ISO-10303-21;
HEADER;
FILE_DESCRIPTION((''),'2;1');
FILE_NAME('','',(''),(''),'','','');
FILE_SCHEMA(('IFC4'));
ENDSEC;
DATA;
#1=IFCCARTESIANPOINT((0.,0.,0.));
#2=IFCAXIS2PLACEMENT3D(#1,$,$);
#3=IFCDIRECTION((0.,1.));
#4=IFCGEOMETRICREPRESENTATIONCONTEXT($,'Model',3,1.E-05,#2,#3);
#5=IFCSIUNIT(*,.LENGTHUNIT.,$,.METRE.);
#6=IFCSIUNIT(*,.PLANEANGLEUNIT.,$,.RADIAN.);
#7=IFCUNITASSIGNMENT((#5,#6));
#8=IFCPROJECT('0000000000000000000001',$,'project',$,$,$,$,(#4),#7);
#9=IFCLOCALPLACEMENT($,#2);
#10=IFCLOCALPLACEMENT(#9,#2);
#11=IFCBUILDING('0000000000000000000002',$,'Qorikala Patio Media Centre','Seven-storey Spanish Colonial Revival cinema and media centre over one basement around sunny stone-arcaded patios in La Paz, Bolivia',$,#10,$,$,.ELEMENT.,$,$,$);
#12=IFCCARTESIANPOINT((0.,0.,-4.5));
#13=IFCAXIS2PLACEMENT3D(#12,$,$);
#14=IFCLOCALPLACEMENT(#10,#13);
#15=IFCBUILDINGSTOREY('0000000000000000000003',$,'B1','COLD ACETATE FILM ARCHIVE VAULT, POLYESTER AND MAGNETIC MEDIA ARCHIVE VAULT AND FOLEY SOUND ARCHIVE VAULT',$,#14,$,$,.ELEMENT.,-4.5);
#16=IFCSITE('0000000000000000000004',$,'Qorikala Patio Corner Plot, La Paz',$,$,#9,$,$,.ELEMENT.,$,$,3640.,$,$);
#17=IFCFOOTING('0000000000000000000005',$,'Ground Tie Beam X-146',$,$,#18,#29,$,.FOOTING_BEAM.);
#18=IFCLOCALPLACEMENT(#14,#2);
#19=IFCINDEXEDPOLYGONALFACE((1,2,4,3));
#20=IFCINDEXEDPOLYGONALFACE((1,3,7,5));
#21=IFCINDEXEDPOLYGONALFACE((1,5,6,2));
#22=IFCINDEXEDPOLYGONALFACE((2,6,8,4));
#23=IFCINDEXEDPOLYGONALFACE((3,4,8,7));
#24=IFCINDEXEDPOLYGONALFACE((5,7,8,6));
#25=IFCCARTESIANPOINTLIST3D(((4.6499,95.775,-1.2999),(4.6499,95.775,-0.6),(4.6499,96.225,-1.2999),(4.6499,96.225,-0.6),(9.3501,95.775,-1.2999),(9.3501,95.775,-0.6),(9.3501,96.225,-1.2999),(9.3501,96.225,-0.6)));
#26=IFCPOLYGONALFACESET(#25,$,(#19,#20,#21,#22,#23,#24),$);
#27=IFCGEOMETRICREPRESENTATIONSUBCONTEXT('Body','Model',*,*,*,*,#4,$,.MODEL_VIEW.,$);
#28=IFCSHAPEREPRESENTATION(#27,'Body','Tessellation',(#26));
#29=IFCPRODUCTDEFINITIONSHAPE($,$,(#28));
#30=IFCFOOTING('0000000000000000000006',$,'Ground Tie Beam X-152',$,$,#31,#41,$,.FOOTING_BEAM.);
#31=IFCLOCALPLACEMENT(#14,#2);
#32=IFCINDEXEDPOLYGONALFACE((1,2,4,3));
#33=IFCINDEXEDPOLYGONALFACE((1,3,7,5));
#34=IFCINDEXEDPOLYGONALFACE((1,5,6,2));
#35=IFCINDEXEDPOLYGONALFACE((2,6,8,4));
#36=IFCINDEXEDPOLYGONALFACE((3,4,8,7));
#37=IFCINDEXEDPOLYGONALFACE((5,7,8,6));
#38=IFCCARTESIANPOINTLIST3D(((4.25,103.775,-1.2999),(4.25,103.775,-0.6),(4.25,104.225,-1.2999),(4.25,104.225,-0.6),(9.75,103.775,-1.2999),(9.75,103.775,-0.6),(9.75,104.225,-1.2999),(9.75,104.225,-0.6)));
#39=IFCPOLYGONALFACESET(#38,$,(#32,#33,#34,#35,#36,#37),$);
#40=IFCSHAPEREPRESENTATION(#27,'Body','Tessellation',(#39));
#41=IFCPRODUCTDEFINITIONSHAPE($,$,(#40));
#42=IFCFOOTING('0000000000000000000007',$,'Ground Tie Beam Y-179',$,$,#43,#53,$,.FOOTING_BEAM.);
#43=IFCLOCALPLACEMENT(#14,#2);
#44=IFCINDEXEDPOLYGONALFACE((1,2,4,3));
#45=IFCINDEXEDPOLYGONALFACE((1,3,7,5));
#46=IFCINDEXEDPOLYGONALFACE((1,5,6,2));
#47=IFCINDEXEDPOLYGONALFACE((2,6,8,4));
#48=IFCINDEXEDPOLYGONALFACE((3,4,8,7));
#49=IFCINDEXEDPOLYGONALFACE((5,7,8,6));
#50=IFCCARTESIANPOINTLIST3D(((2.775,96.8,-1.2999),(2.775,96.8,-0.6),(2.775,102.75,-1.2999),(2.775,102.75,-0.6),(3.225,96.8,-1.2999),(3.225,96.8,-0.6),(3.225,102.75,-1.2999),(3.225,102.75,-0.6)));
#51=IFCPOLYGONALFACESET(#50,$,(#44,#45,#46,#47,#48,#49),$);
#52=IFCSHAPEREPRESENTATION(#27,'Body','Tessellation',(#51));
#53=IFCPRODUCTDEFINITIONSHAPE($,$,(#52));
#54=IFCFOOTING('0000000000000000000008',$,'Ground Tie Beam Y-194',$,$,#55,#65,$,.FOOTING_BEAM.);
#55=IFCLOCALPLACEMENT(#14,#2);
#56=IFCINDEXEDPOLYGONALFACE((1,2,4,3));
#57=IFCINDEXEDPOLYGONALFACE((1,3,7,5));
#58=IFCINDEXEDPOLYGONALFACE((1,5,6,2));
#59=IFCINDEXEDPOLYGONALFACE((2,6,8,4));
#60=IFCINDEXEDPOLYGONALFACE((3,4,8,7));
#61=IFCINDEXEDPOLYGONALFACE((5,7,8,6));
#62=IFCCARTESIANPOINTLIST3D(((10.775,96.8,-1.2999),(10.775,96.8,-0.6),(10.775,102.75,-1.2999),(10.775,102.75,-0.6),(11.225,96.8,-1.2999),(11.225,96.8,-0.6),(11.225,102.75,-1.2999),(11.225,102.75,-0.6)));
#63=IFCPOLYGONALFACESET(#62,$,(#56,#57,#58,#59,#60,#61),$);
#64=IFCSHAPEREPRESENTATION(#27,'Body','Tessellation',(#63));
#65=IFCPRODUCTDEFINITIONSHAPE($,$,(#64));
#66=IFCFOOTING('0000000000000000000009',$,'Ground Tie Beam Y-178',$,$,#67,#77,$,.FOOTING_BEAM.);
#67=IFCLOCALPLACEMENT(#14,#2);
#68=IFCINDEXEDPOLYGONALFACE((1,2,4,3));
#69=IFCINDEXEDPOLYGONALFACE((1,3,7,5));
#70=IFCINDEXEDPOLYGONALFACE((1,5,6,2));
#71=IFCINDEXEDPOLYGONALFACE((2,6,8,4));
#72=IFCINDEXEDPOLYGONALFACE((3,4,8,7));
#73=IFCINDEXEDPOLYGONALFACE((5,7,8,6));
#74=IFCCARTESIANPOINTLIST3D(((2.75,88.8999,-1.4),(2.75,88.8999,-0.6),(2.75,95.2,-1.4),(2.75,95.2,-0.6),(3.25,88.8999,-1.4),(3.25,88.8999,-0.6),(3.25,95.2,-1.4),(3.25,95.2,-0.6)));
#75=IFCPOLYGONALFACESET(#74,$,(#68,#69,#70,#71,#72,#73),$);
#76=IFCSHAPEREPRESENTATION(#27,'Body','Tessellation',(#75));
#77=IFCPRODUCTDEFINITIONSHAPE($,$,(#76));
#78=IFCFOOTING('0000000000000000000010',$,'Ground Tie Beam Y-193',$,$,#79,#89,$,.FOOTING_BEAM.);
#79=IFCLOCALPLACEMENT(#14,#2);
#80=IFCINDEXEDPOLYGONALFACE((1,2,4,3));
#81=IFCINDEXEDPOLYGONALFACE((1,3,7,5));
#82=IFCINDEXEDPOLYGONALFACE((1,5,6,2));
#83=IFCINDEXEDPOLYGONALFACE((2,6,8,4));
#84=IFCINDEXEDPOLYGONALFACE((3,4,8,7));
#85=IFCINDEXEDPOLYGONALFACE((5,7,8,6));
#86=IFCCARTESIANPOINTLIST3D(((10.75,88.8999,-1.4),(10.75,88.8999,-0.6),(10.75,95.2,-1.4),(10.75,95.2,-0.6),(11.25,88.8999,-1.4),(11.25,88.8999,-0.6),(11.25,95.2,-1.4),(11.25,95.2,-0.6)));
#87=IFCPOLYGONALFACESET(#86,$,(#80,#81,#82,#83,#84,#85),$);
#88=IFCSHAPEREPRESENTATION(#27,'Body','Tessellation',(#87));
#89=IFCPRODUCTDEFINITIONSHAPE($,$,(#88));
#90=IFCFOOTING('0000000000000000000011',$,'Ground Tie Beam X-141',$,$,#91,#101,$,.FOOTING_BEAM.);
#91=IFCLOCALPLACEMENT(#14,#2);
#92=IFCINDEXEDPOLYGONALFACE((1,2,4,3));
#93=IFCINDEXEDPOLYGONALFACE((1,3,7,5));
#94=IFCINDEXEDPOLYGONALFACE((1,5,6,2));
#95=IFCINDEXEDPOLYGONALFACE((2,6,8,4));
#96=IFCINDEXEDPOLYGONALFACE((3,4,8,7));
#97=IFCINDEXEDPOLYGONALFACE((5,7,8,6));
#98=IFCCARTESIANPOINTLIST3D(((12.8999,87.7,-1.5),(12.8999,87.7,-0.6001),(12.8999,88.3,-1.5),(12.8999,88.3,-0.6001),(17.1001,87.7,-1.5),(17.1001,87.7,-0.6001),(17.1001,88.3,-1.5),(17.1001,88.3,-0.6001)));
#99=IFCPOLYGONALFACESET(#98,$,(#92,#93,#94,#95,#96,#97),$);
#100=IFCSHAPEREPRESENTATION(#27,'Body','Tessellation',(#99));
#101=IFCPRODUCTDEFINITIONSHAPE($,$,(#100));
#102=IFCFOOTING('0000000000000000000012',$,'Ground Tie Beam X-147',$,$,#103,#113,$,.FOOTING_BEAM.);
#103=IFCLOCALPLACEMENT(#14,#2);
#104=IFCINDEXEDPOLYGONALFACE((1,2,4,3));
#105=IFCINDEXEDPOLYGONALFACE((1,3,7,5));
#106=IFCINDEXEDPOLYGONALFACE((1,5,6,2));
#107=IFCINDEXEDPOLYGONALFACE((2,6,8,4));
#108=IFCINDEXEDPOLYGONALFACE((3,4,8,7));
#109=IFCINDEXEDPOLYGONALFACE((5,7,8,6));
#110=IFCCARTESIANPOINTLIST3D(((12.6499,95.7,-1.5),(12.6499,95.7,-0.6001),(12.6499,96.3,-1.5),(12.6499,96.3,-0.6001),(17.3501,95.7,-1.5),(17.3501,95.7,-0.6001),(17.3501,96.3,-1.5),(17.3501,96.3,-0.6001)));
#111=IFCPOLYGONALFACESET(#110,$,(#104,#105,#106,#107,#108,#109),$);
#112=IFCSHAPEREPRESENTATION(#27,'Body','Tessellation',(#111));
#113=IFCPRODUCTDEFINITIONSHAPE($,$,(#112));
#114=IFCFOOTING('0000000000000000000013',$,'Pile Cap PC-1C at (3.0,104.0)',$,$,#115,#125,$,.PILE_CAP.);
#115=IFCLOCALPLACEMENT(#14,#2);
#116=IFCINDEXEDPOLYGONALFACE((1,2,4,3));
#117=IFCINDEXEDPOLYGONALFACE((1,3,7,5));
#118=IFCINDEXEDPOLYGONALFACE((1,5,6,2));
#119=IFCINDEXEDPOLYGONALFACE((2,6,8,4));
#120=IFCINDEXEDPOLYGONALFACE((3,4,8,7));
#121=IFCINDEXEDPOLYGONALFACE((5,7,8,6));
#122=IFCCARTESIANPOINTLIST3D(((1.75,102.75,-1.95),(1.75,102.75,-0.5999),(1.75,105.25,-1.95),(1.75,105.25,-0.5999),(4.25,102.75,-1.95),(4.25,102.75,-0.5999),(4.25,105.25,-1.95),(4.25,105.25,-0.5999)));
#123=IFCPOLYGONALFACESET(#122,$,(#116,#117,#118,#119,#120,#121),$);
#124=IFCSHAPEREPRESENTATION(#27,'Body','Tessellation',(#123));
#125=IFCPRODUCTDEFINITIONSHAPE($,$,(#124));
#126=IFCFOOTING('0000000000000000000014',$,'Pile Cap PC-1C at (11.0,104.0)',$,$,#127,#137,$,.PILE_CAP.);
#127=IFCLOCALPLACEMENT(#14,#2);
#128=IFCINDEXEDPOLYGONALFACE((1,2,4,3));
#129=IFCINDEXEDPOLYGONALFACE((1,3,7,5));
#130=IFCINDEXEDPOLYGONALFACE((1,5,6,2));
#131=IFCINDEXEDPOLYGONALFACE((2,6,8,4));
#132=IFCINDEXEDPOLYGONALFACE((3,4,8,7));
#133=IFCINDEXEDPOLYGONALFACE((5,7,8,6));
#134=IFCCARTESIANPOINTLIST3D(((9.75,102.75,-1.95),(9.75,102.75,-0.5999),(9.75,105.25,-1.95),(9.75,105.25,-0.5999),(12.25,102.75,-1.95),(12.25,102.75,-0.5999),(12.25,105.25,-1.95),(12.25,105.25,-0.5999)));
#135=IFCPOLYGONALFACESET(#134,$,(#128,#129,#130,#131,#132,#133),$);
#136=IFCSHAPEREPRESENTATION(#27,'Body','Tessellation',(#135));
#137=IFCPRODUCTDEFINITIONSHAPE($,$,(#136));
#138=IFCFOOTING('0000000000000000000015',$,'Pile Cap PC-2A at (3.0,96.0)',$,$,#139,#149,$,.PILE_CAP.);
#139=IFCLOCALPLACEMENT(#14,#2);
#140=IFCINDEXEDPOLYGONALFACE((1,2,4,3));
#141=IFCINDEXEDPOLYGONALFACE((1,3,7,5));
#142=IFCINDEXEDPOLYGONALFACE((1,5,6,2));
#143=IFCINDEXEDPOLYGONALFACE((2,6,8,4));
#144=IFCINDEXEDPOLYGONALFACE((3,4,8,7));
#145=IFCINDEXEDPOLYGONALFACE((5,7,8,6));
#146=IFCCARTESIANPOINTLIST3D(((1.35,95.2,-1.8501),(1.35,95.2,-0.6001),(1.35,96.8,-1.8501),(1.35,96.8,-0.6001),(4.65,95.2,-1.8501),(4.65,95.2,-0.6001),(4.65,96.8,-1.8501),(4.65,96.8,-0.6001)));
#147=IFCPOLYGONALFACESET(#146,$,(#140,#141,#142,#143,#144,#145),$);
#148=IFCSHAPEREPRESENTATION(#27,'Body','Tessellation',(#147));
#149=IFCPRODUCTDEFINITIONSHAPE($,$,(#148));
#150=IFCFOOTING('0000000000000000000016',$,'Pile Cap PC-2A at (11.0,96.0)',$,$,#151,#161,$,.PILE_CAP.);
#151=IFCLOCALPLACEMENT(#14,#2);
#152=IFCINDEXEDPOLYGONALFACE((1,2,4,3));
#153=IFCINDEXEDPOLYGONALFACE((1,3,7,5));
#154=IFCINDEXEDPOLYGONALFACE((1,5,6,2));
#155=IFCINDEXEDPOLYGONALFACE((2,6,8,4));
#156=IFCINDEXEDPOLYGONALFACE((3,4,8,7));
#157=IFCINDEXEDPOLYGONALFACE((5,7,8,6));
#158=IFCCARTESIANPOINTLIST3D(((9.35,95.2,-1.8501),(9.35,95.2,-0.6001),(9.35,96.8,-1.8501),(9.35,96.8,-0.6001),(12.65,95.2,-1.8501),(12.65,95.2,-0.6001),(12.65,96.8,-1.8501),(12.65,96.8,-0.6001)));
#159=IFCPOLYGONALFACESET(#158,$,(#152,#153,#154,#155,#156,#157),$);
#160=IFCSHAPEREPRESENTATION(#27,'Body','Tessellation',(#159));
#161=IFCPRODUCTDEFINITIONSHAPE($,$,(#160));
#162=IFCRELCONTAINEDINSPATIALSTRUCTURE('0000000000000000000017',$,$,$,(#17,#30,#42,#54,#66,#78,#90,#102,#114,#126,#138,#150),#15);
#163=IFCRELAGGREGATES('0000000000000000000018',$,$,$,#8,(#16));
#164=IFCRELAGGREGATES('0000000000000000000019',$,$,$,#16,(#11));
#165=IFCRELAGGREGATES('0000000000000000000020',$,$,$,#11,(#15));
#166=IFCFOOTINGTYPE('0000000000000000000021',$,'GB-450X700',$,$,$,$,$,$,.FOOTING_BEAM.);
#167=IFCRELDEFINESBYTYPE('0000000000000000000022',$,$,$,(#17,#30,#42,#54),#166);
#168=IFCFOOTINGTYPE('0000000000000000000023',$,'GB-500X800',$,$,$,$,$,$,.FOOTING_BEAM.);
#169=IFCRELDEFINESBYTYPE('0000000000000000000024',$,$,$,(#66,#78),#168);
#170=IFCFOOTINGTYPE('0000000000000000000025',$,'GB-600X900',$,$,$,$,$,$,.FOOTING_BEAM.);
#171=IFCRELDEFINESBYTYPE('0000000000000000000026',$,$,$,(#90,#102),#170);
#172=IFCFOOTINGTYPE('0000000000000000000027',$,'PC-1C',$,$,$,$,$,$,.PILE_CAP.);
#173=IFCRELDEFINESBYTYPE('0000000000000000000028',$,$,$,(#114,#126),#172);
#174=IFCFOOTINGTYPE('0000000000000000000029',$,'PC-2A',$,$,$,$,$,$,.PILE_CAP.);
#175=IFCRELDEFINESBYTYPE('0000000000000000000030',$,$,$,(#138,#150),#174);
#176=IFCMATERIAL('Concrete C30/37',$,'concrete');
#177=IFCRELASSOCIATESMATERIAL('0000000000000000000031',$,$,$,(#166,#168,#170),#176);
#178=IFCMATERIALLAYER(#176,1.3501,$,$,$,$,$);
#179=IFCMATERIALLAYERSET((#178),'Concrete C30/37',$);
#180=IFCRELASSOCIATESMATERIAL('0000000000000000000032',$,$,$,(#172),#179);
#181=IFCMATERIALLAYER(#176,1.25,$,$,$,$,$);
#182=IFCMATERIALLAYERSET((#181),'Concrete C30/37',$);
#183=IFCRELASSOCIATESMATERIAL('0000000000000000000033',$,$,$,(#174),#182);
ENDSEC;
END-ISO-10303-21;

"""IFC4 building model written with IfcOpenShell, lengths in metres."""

from ifc_helpers import new_model, si_unit, direction, frame, origin, origin_2d, place, context, subcontext, project, spatial, rectangle, extrude, material, layer, layer_set, material_profile, profile_set, type_object, element, save


model = new_model("IFC4")

# Units and contexts
model_context = context("Model", 3, precision=1e-05, world=origin(), true_north=direction((0.0, 1.0)))
body_context = subcontext(model_context, "Body", "Model", "MODEL_VIEW")
ifc_project = project(units=[si_unit("LENGTHUNIT", "METRE"), si_unit("PLANEANGLEUNIT", "RADIAN")], contexts=[model_context])

# Site, building, storey
site_placement = place(None, origin())
site = spatial("IfcSite", under=ifc_project, at=site_placement, Name="Qorikala Patio Corner Plot, La Paz", CompositionType="ELEMENT", RefElevation=3640.0)
building_placement = place(site_placement, origin())
building = spatial("IfcBuilding", under=site, at=building_placement, Name="Qorikala Patio Media Centre", Description="Seven-storey Spanish Colonial Revival cinema and media centre over one basement around sunny stone-arcaded patios in La Paz, Bolivia", CompositionType="ELEMENT")
storey_placement = place(building_placement, frame((0.0, 0.0, -4.5)))
storey = spatial("IfcBuildingStorey", under=building, at=storey_placement, Name="B1", Description="COLD ACETATE FILM ARCHIVE VAULT, POLYESTER AND MAGNETIC MEDIA ARCHIVE VAULT AND FOLEY SOUND ARCHIVE VAULT", CompositionType="ELEMENT", Elevation=-4.5)

# Footings
ifc_material_1 = material(Name="Concrete C30/37", Category="concrete")
ifc_material_profile_1 = material_profile(ifc_material_1, rectangle(XDim=0.45, YDim=0.7, at=origin_2d()), Name="RC 450x700")
ifc_profile_set_1 = profile_set([ifc_material_profile_1], Name="Concrete C30/37")
footing_type_1 = type_object("IfcFootingType", Name="GB-450X700", PredefinedType="FOOTING_BEAM", material=ifc_profile_set_1)
footing_1_placement = place(storey_placement, frame((4.6499, 96.0, -0.95), z_axis=(1.0, 0.0, 0.0), x_axis=(0.0, 1.0, 0.0)))
element("IfcFooting", 1, at=footing_1_placement, inside=storey, type_object=footing_type_1, Name="Ground Tie Beam X-146", PredefinedType="FOOTING_BEAM", context=body_context, shape_type="SweptSolid", body=[
    extrude(rectangle(XDim=0.45, YDim=0.7, at=origin_2d()), origin(), (0.0, 0.0, 1.0), 4.7002),
])
footing_2_placement = place(storey_placement, frame((4.25, 104.0, -0.95), z_axis=(1.0, 0.0, 0.0), x_axis=(0.0, 1.0, 0.0)))
element("IfcFooting", 2, at=footing_2_placement, inside=storey, type_object=footing_type_1, Name="Ground Tie Beam X-152", PredefinedType="FOOTING_BEAM", context=body_context, shape_type="SweptSolid", body=[
    extrude(rectangle(XDim=0.45, YDim=0.7, at=origin_2d()), origin(), (0.0, 0.0, 1.0), 5.5),
])
for number, where, z_axis, x_axis, name in (
    (3, (3.0, 96.8, -0.95), (0.0, 1.0, 0.0), (-1.0, 0.0, 0.0), "Ground Tie Beam Y-179"),
    (4, (11.0, 96.8, -0.95), (0.0, 1.0, 0.0), (-1.0, 0.0, 0.0), "Ground Tie Beam Y-194"),
):
    element("IfcFooting", number, at=place(storey_placement, frame(where, z_axis=z_axis, x_axis=x_axis)), inside=storey, type_object=footing_type_1, Name=name, PredefinedType="FOOTING_BEAM", context=body_context, shape_type="SweptSolid", body=[
        extrude(rectangle(XDim=0.45, YDim=0.7, at=origin_2d()), origin(), (0.0, 0.0, 1.0), 5.95),
    ])
ifc_material_profile_2 = material_profile(ifc_material_1, rectangle(XDim=0.5, YDim=0.8, at=origin_2d()), Name="RC 500x800")
ifc_profile_set_2 = profile_set([ifc_material_profile_2], Name="Concrete C30/37")
footing_type_2 = type_object("IfcFootingType", Name="GB-500X800", PredefinedType="FOOTING_BEAM", material=ifc_profile_set_2)
for number, where, z_axis, x_axis, name in (
    (5, (3.0, 88.8999, -1.0), (0.0, 1.0, 0.0), (-1.0, 0.0, 0.0), "Ground Tie Beam Y-178"),
    (6, (11.0, 88.8999, -1.0), (0.0, 1.0, 0.0), (-1.0, 0.0, 0.0), "Ground Tie Beam Y-193"),
):
    element("IfcFooting", number, at=place(storey_placement, frame(where, z_axis=z_axis, x_axis=x_axis)), inside=storey, type_object=footing_type_2, Name=name, PredefinedType="FOOTING_BEAM", context=body_context, shape_type="SweptSolid", body=[
        extrude(rectangle(XDim=0.5, YDim=0.8, at=origin_2d()), origin(), (0.0, 0.0, 1.0), 6.3),
    ])
ifc_material_profile_3 = material_profile(ifc_material_1, rectangle(XDim=0.6001, YDim=0.8999, at=origin_2d()), Name="RC 600x900")
ifc_profile_set_3 = profile_set([ifc_material_profile_3], Name="Concrete C30/37")
footing_type_3 = type_object("IfcFootingType", Name="GB-600X900", PredefinedType="FOOTING_BEAM", material=ifc_profile_set_3)
footing_3_placement = place(storey_placement, frame((12.8999, 88.0, -1.05), z_axis=(1.0, 0.0, 0.0), x_axis=(0.0, 1.0, 0.0)))
element("IfcFooting", 7, at=footing_3_placement, inside=storey, type_object=footing_type_3, Name="Ground Tie Beam X-141", PredefinedType="FOOTING_BEAM", context=body_context, shape_type="SweptSolid", body=[
    extrude(rectangle(XDim=0.6001, YDim=0.8999, at=origin_2d()), origin(), (0.0, 0.0, 1.0), 4.2002),
])
footing_4_placement = place(storey_placement, frame((12.6499, 96.0, -1.05), z_axis=(1.0, 0.0, 0.0), x_axis=(0.0, 1.0, 0.0)))
element("IfcFooting", 8, at=footing_4_placement, inside=storey, type_object=footing_type_3, Name="Ground Tie Beam X-147", PredefinedType="FOOTING_BEAM", context=body_context, shape_type="SweptSolid", body=[
    extrude(rectangle(XDim=0.6001, YDim=0.8999, at=origin_2d()), origin(), (0.0, 0.0, 1.0), 4.7002),
])
ifc_layer_1 = layer(ifc_material_1, 1.3501)
ifc_layer_set_1 = layer_set([ifc_layer_1], Name="Concrete C30/37")
footing_type_4 = type_object("IfcFootingType", Name="PC-1C", PredefinedType="PILE_CAP", material=ifc_layer_set_1)
for number, where, z_axis, x_axis, name in (
    (9, (3.0, 104.0, -1.95), (0.0, 0.0, 1.0), (1.0, 0.0, 0.0), "Pile Cap PC-1C at (3.0,104.0)"),
    (10, (11.0, 104.0, -1.95), (0.0, 0.0, 1.0), (1.0, 0.0, 0.0), "Pile Cap PC-1C at (11.0,104.0)"),
):
    element("IfcFooting", number, at=place(storey_placement, frame(where, z_axis=z_axis, x_axis=x_axis)), inside=storey, type_object=footing_type_4, Name=name, PredefinedType="PILE_CAP", context=body_context, shape_type="SweptSolid", body=[
        extrude(rectangle(XDim=2.5, YDim=2.5, at=origin_2d()), origin(), (0.0, 0.0, 1.0), 1.3501),
    ])
ifc_layer_2 = layer(ifc_material_1, 1.25)
ifc_layer_set_2 = layer_set([ifc_layer_2], Name="Concrete C30/37")
footing_type_5 = type_object("IfcFootingType", Name="PC-2A", PredefinedType="PILE_CAP", material=ifc_layer_set_2)
for number, where, z_axis, x_axis, name in (
    (11, (3.0, 96.0, -1.8501), (0.0, 0.0, 1.0), (1.0, 0.0, 0.0), "Pile Cap PC-2A at (3.0,96.0)"),
    (12, (11.0, 96.0, -1.8501), (0.0, 0.0, 1.0), (1.0, 0.0, 0.0), "Pile Cap PC-2A at (11.0,96.0)"),
):
    element("IfcFooting", number, at=place(storey_placement, frame(where, z_axis=z_axis, x_axis=x_axis)), inside=storey, type_object=footing_type_5, Name=name, PredefinedType="PILE_CAP", context=body_context, shape_type="SweptSolid", body=[
        extrude(rectangle(XDim=3.3, YDim=1.6001, at=origin_2d()), origin(), (0.0, 0.0, 1.0), 1.25),
    ])

save(model, "model.ifc")
